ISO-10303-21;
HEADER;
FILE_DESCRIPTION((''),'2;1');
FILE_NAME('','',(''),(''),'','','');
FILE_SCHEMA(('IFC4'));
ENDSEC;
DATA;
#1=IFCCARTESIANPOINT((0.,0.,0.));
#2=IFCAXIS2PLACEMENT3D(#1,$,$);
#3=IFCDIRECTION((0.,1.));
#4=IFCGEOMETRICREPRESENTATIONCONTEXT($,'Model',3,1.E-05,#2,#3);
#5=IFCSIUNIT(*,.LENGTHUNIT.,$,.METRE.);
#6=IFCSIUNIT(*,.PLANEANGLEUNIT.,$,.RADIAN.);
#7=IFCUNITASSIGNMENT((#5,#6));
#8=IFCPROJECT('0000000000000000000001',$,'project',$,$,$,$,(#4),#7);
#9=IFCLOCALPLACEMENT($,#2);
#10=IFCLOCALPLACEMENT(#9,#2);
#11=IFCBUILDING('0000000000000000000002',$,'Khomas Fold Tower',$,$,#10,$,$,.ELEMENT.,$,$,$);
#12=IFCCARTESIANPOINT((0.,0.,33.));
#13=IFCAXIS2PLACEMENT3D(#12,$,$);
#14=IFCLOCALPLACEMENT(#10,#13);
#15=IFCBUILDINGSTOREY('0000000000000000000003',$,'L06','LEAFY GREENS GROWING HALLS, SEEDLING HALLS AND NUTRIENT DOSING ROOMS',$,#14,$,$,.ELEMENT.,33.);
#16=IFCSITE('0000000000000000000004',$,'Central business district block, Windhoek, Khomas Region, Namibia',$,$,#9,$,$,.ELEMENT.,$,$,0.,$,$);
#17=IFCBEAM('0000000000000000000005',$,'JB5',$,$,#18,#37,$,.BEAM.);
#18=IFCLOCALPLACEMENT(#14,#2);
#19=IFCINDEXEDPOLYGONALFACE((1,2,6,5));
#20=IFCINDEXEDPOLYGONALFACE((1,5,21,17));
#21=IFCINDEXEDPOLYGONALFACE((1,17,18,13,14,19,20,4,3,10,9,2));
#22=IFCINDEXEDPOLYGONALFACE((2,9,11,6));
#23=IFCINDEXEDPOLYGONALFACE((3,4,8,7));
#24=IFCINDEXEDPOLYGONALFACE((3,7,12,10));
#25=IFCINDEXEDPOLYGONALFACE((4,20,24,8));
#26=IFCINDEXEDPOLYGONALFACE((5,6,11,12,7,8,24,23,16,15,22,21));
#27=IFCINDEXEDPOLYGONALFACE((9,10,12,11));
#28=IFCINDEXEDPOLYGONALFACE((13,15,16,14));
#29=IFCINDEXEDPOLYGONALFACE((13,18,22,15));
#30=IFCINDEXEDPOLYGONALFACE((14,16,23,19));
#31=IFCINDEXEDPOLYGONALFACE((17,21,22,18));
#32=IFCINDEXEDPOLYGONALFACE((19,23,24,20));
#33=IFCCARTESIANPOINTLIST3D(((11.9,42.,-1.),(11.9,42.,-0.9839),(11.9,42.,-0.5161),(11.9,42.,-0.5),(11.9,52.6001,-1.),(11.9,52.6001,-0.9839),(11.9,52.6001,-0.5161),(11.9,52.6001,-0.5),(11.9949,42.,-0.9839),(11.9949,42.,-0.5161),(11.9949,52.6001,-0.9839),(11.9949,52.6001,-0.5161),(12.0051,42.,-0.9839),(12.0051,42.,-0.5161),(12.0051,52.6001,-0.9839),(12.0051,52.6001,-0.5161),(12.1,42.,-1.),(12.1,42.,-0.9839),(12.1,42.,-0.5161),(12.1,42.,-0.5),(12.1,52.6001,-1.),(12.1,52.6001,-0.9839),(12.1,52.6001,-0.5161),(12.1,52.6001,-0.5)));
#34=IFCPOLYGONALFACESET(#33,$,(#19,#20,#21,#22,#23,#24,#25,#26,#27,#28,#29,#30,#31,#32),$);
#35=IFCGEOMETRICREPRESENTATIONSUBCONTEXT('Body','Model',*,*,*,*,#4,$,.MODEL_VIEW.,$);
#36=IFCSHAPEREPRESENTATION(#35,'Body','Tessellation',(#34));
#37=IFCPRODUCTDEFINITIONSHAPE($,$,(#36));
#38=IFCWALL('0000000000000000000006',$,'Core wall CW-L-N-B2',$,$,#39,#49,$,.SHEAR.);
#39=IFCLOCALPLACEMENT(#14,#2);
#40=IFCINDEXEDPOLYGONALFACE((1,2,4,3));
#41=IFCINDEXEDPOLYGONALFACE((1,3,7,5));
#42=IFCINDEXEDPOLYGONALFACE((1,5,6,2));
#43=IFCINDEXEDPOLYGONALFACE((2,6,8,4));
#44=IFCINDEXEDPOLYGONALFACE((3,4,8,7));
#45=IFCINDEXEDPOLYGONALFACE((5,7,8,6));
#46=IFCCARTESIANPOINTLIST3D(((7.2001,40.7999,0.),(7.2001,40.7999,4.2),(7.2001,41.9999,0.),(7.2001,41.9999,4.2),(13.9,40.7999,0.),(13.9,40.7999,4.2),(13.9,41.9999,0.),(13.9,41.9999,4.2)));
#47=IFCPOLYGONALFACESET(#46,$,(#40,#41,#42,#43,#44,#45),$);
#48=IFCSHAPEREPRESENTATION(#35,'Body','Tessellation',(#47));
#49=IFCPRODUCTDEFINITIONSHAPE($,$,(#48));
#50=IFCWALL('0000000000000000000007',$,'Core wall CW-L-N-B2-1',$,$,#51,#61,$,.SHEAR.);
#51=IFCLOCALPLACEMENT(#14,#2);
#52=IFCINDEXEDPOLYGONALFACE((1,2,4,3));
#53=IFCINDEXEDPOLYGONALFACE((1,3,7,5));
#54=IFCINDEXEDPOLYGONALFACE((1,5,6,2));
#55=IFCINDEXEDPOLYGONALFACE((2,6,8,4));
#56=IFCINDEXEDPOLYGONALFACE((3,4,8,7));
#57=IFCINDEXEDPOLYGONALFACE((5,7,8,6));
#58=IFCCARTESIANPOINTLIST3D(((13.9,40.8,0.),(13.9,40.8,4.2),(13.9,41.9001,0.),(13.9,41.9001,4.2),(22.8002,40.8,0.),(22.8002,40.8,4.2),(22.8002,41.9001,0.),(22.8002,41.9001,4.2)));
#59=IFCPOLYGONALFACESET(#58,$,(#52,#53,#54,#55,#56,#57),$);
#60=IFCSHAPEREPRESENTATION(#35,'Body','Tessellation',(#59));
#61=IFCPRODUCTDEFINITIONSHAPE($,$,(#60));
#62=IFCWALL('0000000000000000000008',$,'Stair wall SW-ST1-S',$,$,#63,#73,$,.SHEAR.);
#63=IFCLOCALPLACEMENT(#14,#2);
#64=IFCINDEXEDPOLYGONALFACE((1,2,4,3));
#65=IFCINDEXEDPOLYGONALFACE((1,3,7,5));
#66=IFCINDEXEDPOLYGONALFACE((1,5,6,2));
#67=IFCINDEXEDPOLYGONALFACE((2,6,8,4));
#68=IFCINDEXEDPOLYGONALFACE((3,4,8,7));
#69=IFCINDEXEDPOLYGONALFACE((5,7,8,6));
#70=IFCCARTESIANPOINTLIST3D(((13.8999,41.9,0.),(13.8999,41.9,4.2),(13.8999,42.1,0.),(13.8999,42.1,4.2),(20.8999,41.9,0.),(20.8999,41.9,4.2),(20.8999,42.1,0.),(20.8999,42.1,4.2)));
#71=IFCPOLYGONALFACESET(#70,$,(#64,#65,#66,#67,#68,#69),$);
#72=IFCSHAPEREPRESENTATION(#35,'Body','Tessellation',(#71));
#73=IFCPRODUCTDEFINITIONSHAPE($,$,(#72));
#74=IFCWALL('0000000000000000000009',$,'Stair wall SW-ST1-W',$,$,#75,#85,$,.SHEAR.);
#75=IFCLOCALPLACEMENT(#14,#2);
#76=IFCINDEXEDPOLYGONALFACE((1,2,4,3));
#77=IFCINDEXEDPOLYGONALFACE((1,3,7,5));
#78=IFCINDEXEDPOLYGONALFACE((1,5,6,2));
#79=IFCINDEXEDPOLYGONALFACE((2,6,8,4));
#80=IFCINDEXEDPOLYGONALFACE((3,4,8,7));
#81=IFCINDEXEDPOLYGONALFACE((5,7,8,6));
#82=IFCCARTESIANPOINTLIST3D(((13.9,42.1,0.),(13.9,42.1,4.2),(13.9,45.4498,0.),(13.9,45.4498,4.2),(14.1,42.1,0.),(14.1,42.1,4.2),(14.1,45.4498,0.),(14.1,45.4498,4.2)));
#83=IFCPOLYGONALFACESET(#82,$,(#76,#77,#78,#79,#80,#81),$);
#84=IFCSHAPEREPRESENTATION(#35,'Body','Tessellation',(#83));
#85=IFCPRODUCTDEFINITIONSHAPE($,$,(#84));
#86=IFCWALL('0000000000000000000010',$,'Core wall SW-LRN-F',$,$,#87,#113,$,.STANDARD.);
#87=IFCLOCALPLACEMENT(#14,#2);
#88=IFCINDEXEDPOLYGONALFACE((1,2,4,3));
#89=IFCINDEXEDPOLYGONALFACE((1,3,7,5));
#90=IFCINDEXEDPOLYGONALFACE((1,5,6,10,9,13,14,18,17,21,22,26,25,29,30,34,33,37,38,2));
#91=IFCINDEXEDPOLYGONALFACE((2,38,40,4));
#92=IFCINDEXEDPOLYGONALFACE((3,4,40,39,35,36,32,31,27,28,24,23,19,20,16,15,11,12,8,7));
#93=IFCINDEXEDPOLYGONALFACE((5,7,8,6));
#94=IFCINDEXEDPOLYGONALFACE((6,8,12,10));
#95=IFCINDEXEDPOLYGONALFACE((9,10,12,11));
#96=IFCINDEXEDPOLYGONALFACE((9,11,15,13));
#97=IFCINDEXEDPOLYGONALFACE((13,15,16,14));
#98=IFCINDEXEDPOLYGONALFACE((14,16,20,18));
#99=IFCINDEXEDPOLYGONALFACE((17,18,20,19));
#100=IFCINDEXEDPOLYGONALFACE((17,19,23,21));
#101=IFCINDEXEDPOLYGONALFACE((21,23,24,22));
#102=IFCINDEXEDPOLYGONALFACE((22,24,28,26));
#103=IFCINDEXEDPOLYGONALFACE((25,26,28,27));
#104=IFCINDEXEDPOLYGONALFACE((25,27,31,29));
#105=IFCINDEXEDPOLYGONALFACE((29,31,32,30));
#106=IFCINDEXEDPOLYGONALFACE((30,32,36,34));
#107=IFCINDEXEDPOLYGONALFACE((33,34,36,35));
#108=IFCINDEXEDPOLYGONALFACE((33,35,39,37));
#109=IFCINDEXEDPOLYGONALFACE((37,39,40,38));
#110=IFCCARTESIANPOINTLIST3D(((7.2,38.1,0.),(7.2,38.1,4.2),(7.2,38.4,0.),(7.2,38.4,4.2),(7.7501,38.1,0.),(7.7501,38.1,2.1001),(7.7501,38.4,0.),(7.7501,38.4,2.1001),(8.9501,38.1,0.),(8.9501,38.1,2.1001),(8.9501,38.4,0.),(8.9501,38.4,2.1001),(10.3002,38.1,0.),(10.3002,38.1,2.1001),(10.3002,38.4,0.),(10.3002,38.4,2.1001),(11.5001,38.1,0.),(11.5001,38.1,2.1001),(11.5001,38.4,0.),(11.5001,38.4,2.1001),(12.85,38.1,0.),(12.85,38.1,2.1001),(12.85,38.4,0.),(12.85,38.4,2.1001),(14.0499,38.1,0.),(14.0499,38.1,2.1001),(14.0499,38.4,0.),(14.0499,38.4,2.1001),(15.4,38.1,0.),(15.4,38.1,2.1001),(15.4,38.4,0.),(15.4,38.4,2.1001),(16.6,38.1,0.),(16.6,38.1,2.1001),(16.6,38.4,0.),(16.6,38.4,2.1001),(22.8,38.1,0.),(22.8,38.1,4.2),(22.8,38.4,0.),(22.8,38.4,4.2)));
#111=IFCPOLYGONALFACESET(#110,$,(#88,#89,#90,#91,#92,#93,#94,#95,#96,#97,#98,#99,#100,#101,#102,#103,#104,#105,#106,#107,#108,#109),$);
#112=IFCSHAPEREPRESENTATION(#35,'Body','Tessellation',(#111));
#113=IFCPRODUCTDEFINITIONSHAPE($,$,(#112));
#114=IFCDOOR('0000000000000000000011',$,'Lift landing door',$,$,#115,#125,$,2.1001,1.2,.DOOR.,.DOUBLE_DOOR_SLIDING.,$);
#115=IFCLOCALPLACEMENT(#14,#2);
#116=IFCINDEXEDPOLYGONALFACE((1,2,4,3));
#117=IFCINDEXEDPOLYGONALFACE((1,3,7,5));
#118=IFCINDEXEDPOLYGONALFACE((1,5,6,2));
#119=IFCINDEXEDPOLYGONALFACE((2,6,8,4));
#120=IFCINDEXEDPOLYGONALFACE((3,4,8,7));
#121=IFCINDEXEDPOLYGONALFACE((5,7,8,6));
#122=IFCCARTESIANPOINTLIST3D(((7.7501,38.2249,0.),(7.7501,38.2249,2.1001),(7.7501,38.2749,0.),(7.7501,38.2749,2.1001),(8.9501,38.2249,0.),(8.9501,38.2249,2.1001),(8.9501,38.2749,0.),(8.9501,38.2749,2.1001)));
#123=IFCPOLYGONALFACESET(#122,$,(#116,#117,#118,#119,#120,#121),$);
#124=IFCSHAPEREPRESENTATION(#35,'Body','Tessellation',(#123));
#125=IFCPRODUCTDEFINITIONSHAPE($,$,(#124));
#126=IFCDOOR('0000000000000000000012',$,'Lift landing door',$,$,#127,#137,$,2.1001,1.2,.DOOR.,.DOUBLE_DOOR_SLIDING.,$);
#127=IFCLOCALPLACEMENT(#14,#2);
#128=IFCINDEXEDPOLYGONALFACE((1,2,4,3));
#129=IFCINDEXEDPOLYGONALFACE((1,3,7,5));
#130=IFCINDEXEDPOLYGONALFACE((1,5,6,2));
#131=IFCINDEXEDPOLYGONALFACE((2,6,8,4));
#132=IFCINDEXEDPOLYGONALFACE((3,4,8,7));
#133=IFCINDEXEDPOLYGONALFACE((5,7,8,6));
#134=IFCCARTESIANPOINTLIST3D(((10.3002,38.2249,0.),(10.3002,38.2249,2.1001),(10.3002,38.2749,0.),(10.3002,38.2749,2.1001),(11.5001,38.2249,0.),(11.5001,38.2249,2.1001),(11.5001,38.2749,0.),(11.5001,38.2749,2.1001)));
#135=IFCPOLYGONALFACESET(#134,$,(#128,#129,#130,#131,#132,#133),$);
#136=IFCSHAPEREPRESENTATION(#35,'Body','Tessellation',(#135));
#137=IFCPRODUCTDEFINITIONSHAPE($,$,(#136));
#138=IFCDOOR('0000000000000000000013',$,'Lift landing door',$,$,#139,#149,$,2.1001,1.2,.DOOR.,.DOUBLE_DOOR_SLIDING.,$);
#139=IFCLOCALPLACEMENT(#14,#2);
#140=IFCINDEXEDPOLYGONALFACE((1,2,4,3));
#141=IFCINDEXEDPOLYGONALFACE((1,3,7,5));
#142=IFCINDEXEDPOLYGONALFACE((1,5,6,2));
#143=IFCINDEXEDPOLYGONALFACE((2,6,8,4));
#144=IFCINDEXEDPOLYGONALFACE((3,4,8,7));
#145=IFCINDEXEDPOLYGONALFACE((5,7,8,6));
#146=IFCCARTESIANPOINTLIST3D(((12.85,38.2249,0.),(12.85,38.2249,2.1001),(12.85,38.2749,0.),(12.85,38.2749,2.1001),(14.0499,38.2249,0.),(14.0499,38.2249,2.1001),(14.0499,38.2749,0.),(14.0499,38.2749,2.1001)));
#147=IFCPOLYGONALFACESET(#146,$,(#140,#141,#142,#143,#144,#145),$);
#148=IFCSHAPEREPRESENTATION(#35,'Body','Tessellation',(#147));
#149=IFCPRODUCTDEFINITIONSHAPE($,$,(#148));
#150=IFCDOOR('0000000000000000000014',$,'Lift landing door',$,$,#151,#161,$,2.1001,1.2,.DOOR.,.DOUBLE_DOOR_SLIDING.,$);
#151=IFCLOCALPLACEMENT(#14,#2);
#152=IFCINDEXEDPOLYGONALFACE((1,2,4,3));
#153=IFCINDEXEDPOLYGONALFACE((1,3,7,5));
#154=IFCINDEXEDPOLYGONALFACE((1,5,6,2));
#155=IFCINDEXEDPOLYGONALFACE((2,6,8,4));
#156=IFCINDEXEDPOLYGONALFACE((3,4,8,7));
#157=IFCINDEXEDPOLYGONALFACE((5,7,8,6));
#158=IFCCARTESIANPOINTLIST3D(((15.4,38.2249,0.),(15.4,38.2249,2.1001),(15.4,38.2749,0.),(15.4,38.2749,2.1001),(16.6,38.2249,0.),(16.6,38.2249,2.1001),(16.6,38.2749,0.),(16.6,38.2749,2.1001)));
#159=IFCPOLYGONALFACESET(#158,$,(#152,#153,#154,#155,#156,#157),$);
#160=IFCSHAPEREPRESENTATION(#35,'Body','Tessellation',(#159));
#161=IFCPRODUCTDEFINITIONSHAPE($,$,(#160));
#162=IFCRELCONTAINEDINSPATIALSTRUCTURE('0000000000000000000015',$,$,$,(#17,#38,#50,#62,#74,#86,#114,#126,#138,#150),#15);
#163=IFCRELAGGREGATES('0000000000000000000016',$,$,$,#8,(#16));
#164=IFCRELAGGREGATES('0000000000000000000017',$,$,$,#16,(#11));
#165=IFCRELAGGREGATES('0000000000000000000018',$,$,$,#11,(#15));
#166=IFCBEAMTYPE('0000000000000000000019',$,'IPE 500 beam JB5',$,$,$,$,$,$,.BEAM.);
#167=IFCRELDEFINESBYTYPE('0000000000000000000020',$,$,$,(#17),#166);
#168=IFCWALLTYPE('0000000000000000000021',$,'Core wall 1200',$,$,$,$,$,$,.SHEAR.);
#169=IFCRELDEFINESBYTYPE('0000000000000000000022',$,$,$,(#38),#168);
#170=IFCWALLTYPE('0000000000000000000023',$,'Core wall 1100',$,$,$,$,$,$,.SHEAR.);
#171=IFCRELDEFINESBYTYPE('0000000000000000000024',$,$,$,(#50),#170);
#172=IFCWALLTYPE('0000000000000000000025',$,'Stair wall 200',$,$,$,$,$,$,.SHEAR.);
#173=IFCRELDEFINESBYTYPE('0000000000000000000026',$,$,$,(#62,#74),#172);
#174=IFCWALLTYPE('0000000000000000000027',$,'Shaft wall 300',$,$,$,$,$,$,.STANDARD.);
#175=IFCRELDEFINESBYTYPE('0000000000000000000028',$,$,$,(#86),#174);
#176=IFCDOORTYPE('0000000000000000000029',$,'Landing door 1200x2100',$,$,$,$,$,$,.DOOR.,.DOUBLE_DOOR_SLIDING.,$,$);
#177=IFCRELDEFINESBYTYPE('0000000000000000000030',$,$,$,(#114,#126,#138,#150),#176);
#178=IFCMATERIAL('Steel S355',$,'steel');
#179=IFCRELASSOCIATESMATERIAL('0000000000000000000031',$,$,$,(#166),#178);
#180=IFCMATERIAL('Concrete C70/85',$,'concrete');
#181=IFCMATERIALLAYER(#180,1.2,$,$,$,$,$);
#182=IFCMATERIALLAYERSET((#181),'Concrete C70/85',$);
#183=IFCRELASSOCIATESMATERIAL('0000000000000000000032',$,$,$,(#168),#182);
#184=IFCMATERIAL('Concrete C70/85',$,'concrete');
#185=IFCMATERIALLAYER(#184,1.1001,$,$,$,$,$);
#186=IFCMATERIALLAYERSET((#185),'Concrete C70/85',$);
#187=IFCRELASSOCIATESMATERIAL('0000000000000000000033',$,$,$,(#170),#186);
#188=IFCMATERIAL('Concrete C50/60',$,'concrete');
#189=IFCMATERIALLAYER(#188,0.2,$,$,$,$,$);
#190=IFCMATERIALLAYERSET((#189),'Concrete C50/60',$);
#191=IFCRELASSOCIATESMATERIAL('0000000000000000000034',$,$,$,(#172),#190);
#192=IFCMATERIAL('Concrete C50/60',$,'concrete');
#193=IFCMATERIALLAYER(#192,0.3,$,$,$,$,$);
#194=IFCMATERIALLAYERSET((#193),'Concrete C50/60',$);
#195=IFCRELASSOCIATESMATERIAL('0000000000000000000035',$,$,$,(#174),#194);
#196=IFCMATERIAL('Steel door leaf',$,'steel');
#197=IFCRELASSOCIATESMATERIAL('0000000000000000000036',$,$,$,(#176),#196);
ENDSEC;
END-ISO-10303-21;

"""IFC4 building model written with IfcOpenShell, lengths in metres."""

from ifc_helpers import new_model, si_unit, direction, frame, frame_2d, origin, origin_2d, place, context, subcontext, project, spatial, rectangle, i_section, extrude, source, transform, mapped, material, layer, layer_set, material_profile, profile_set, type_object, element, fill, save


model = new_model("IFC4")

# Units and contexts
model_context = context("Model", 3, precision=1e-05, world=origin(), true_north=direction((0.0, 1.0)))
body_context = subcontext(model_context, "Body", "Model", "MODEL_VIEW")
ifc_project = project(units=[si_unit("LENGTHUNIT", "METRE"), si_unit("PLANEANGLEUNIT", "RADIAN")], contexts=[model_context])

# Site, building, storey
site_placement = place(None, origin())
site = spatial("IfcSite", under=ifc_project, at=site_placement, Name="Central business district block, Windhoek, Khomas Region, Namibia", CompositionType="ELEMENT", RefElevation=0.0)
building_placement = place(site_placement, origin())
building = spatial("IfcBuilding", under=site, at=building_placement, Name="Khomas Fold Tower", CompositionType="ELEMENT")
storey_placement = place(building_placement, frame((0.0, 0.0, 33.0)))
storey = spatial("IfcBuildingStorey", under=building, at=storey_placement, Name="L06", Description="LEAFY GREENS GROWING HALLS, SEEDLING HALLS AND NUTRIENT DOSING ROOMS", CompositionType="ELEMENT", Elevation=33.0)

# Beam
ifc_material_1 = material(Name="Steel S355", Category="steel")
ifc_material_profile = material_profile(ifc_material_1, i_section(OverallWidth=0.2, OverallDepth=0.5, WebThickness=0.0103, FlangeThickness=0.0161, at=origin_2d()), Name="IPE 500")
ifc_profile_set = profile_set([ifc_material_profile], Name="Steel S355")
beam_type = type_object("IfcBeamType", Name="IPE 500 beam JB5", PredefinedType="BEAM", material=ifc_profile_set)
shared_shape_1 = source(origin(), body_context, "Body", "SweptSolid", [
    extrude(i_section(OverallWidth=0.2, OverallDepth=0.5, WebThickness=0.0103, FlangeThickness=0.0161, at=origin_2d()), origin(), (0.0, 0.0, 1.0), 10.6001),
])
beam_placement = place(storey_placement, frame((12.0, 42.0, -0.75), z_axis=(0.0, 1.0, 0.0), x_axis=(-1.0, 0.0, 0.0)))
element("IfcBeam", 1, at=beam_placement, inside=storey, type_object=beam_type, Name="JB5", PredefinedType="BEAM", context=body_context, shape_type="MappedRepresentation", body=[
    mapped(shared_shape_1, transform((0.0, 0.0, 0.0))),
])

# Walls
ifc_material_2 = material(Name="Concrete C70/85", Category="concrete")
ifc_layer_1 = layer(ifc_material_2, 1.2)
ifc_layer_set_1 = layer_set([ifc_layer_1], Name="Concrete C70/85")
wall_type_1 = type_object("IfcWallType", Name="Core wall 1200", PredefinedType="SHEAR", material=ifc_layer_set_1)
shared_shape_2 = source(origin(), body_context, "Body", "SweptSolid", [
    extrude(rectangle(XDim=6.7, YDim=1.2, at=frame_2d((3.3501, 0.0))), origin(), (0.0, 0.0, 1.0), 4.2),
])
wall_1_placement = place(storey_placement, frame((7.2, 41.3999, 0.0), z_axis=(0.0, 0.0, 1.0), x_axis=(1.0, 0.0, 0.0)))
element("IfcWall", 2, at=wall_1_placement, inside=storey, type_object=wall_type_1, Name="Core wall CW-L-N-B2", PredefinedType="SHEAR", context=body_context, shape_type="MappedRepresentation", body=[
    mapped(shared_shape_2, transform((0.0, 0.0, 0.0))),
])
ifc_material_3 = material(Name="Concrete C70/85", Category="concrete")
ifc_layer_2 = layer(ifc_material_3, 1.1001)
ifc_layer_set_2 = layer_set([ifc_layer_2], Name="Concrete C70/85")
wall_type_2 = type_object("IfcWallType", Name="Core wall 1100", PredefinedType="SHEAR", material=ifc_layer_set_2)
shared_shape_3 = source(origin(), body_context, "Body", "SweptSolid", [
    extrude(rectangle(XDim=8.9001, YDim=1.1001, at=frame_2d((4.4502, 0.0))), origin(), (0.0, 0.0, 1.0), 4.2),
])
wall_2_placement = place(storey_placement, frame((13.8999, 41.3501, 0.0), z_axis=(0.0, 0.0, 1.0), x_axis=(1.0, 0.0, 0.0)))
element("IfcWall", 3, at=wall_2_placement, inside=storey, type_object=wall_type_2, Name="Core wall CW-L-N-B2-1", PredefinedType="SHEAR", context=body_context, shape_type="MappedRepresentation", body=[
    mapped(shared_shape_3, transform((0.0, 0.0, 0.0))),
])
ifc_material_4 = material(Name="Concrete C50/60", Category="concrete")
ifc_layer_3 = layer(ifc_material_4, 0.2)
ifc_layer_set_3 = layer_set([ifc_layer_3], Name="Concrete C50/60")
wall_type_3 = type_object("IfcWallType", Name="Stair wall 200", PredefinedType="SHEAR", material=ifc_layer_set_3)
shared_shape_4 = source(origin(), body_context, "Body", "SweptSolid", [
    extrude(rectangle(XDim=7.0, YDim=0.2, at=frame_2d((3.5, 0.0))), origin(), (0.0, 0.0, 1.0), 4.2),
])
wall_3_placement = place(storey_placement, frame((13.8999, 42.0, 0.0), z_axis=(0.0, 0.0, 1.0), x_axis=(1.0, 0.0, 0.0)))
element("IfcWall", 4, at=wall_3_placement, inside=storey, type_object=wall_type_3, Name="Stair wall SW-ST1-S", PredefinedType="SHEAR", context=body_context, shape_type="MappedRepresentation", body=[
    mapped(shared_shape_4, transform((0.0, 0.0, 0.0))),
])
shared_shape_5 = source(origin(), body_context, "Body", "SweptSolid", [
    extrude(rectangle(XDim=3.3499, YDim=0.2, at=frame_2d((1.6748, 0.0))), origin(), (0.0, 0.0, 1.0), 4.2),
])
wall_4_placement = place(storey_placement, frame((14.0, 42.1001, 0.0), z_axis=(0.0, 0.0, 1.0), x_axis=(0.0, 1.0, 0.0)))
element("IfcWall", 5, at=wall_4_placement, inside=storey, type_object=wall_type_3, Name="Stair wall SW-ST1-W", PredefinedType="SHEAR", context=body_context, shape_type="MappedRepresentation", body=[
    mapped(shared_shape_5, transform((0.0, 0.0, 0.0))),
])

# Wall, openings, doors
ifc_material_5 = material(Name="Concrete C50/60", Category="concrete")
ifc_layer_4 = layer(ifc_material_5, 0.3)
ifc_layer_set_4 = layer_set([ifc_layer_4], Name="Concrete C50/60")
wall_type_4 = type_object("IfcWallType", Name="Shaft wall 300", PredefinedType="STANDARD", material=ifc_layer_set_4)
shared_shape_6 = source(origin(), body_context, "Body", "SweptSolid", [
    extrude(rectangle(XDim=15.6001, YDim=0.3, at=frame_2d((7.8, 0.0))), origin(), (0.0, 0.0, 1.0), 4.2),
])
wall_5_placement = place(storey_placement, frame((7.2, 38.25, 0.0), z_axis=(0.0, 0.0, 1.0), x_axis=(1.0, 0.0, 0.0)))
wall_5 = element("IfcWall", 6, at=wall_5_placement, inside=storey, type_object=wall_type_4, Name="Core wall SW-LRN-F", PredefinedType="STANDARD", context=body_context, shape_type="MappedRepresentation", body=[
    mapped(shared_shape_6, transform((0.0, 0.0, 0.0))),
])
shared_shape_7 = source(origin(), body_context, "Body", "SweptSolid", [
    extrude(rectangle(XDim=1.2, YDim=2.1001, at=frame_2d((0.6001, 1.05))), frame((0.0, 0.1599, 0.0), z_axis=(0.0, -1.0, 0.0), x_axis=(1.0, 0.0, 0.0)), (0.0, 0.0, 1.0), 0.3201),
])
opening_1_placement = place(wall_5_placement, frame((0.55, 0.0, 0.0)))
opening_1 = element("IfcOpeningElement", 7, at=opening_1_placement, cuts=wall_5, PredefinedType="OPENING", context=body_context, shape_type="MappedRepresentation", body=[
    mapped(shared_shape_7, transform((0.0, 0.0, 0.0))),
])
opening_2_placement = place(wall_5_placement, frame((3.1001, 0.0, 0.0)))
opening_2 = element("IfcOpeningElement", 8, at=opening_2_placement, cuts=wall_5, PredefinedType="OPENING", context=body_context, shape_type="MappedRepresentation", body=[
    mapped(shared_shape_7, transform((0.0, 0.0, 0.0))),
])
opening_3_placement = place(wall_5_placement, frame((5.6499, 0.0, 0.0)))
opening_3 = element("IfcOpeningElement", 9, at=opening_3_placement, cuts=wall_5, PredefinedType="OPENING", context=body_context, shape_type="MappedRepresentation", body=[
    mapped(shared_shape_7, transform((0.0, 0.0, 0.0))),
])
opening_4_placement = place(wall_5_placement, frame((8.2, 0.0, 0.0)))
opening_4 = element("IfcOpeningElement", 10, at=opening_4_placement, cuts=wall_5, PredefinedType="OPENING", context=body_context, shape_type="MappedRepresentation", body=[
    mapped(shared_shape_7, transform((0.0, 0.0, 0.0))),
])
ifc_material_6 = material(Name="Steel door leaf", Category="steel")
door_type = type_object("IfcDoorType", Name="Landing door 1200x2100", OperationType="DOUBLE_DOOR_SLIDING", PredefinedType="DOOR", material=ifc_material_6)
shared_shape_8 = source(origin(), body_context, "Body", "SweptSolid", [
    extrude(rectangle(XDim=1.2, YDim=2.1001, at=frame_2d((0.6001, 1.05))), frame((0.0, 0.0249, 0.0), z_axis=(0.0, -1.0, 0.0), x_axis=(1.0, 0.0, 0.0)), (0.0, 0.0, 1.0), 0.05),
])
door_1_placement = place(opening_1_placement, origin())
door_1 = element("IfcDoor", 11, at=door_1_placement, inside=storey, type_object=door_type, Name="Lift landing door", OperationType="DOUBLE_DOOR_SLIDING", OverallHeight=2.1001, OverallWidth=1.2, PredefinedType="DOOR", context=body_context, shape_type="MappedRepresentation", body=[
    mapped(shared_shape_8, transform((0.0, 0.0, 0.0))),
])
fill(opening_1, door_1)
door_2_placement = place(opening_2_placement, origin())
door_2 = element("IfcDoor", 12, at=door_2_placement, inside=storey, type_object=door_type, Name="Lift landing door", OperationType="DOUBLE_DOOR_SLIDING", OverallHeight=2.1001, OverallWidth=1.2, PredefinedType="DOOR", context=body_context, shape_type="MappedRepresentation", body=[
    mapped(shared_shape_8, transform((0.0, 0.0, 0.0))),
])
fill(opening_2, door_2)
door_3_placement = place(opening_3_placement, origin())
door_3 = element("IfcDoor", 13, at=door_3_placement, inside=storey, type_object=door_type, Name="Lift landing door", OperationType="DOUBLE_DOOR_SLIDING", OverallHeight=2.1001, OverallWidth=1.2, PredefinedType="DOOR", context=body_context, shape_type="MappedRepresentation", body=[
    mapped(shared_shape_8, transform((0.0, 0.0, 0.0))),
])
fill(opening_3, door_3)
door_4_placement = place(opening_4_placement, origin())
door_4 = element("IfcDoor", 14, at=door_4_placement, inside=storey, type_object=door_type, Name="Lift landing door", OperationType="DOUBLE_DOOR_SLIDING", OverallHeight=2.1001, OverallWidth=1.2, PredefinedType="DOOR", context=body_context, shape_type="MappedRepresentation", body=[
    mapped(shared_shape_8, transform((0.0, 0.0, 0.0))),
])
fill(opening_4, door_4)

save(model, "model.ifc")
